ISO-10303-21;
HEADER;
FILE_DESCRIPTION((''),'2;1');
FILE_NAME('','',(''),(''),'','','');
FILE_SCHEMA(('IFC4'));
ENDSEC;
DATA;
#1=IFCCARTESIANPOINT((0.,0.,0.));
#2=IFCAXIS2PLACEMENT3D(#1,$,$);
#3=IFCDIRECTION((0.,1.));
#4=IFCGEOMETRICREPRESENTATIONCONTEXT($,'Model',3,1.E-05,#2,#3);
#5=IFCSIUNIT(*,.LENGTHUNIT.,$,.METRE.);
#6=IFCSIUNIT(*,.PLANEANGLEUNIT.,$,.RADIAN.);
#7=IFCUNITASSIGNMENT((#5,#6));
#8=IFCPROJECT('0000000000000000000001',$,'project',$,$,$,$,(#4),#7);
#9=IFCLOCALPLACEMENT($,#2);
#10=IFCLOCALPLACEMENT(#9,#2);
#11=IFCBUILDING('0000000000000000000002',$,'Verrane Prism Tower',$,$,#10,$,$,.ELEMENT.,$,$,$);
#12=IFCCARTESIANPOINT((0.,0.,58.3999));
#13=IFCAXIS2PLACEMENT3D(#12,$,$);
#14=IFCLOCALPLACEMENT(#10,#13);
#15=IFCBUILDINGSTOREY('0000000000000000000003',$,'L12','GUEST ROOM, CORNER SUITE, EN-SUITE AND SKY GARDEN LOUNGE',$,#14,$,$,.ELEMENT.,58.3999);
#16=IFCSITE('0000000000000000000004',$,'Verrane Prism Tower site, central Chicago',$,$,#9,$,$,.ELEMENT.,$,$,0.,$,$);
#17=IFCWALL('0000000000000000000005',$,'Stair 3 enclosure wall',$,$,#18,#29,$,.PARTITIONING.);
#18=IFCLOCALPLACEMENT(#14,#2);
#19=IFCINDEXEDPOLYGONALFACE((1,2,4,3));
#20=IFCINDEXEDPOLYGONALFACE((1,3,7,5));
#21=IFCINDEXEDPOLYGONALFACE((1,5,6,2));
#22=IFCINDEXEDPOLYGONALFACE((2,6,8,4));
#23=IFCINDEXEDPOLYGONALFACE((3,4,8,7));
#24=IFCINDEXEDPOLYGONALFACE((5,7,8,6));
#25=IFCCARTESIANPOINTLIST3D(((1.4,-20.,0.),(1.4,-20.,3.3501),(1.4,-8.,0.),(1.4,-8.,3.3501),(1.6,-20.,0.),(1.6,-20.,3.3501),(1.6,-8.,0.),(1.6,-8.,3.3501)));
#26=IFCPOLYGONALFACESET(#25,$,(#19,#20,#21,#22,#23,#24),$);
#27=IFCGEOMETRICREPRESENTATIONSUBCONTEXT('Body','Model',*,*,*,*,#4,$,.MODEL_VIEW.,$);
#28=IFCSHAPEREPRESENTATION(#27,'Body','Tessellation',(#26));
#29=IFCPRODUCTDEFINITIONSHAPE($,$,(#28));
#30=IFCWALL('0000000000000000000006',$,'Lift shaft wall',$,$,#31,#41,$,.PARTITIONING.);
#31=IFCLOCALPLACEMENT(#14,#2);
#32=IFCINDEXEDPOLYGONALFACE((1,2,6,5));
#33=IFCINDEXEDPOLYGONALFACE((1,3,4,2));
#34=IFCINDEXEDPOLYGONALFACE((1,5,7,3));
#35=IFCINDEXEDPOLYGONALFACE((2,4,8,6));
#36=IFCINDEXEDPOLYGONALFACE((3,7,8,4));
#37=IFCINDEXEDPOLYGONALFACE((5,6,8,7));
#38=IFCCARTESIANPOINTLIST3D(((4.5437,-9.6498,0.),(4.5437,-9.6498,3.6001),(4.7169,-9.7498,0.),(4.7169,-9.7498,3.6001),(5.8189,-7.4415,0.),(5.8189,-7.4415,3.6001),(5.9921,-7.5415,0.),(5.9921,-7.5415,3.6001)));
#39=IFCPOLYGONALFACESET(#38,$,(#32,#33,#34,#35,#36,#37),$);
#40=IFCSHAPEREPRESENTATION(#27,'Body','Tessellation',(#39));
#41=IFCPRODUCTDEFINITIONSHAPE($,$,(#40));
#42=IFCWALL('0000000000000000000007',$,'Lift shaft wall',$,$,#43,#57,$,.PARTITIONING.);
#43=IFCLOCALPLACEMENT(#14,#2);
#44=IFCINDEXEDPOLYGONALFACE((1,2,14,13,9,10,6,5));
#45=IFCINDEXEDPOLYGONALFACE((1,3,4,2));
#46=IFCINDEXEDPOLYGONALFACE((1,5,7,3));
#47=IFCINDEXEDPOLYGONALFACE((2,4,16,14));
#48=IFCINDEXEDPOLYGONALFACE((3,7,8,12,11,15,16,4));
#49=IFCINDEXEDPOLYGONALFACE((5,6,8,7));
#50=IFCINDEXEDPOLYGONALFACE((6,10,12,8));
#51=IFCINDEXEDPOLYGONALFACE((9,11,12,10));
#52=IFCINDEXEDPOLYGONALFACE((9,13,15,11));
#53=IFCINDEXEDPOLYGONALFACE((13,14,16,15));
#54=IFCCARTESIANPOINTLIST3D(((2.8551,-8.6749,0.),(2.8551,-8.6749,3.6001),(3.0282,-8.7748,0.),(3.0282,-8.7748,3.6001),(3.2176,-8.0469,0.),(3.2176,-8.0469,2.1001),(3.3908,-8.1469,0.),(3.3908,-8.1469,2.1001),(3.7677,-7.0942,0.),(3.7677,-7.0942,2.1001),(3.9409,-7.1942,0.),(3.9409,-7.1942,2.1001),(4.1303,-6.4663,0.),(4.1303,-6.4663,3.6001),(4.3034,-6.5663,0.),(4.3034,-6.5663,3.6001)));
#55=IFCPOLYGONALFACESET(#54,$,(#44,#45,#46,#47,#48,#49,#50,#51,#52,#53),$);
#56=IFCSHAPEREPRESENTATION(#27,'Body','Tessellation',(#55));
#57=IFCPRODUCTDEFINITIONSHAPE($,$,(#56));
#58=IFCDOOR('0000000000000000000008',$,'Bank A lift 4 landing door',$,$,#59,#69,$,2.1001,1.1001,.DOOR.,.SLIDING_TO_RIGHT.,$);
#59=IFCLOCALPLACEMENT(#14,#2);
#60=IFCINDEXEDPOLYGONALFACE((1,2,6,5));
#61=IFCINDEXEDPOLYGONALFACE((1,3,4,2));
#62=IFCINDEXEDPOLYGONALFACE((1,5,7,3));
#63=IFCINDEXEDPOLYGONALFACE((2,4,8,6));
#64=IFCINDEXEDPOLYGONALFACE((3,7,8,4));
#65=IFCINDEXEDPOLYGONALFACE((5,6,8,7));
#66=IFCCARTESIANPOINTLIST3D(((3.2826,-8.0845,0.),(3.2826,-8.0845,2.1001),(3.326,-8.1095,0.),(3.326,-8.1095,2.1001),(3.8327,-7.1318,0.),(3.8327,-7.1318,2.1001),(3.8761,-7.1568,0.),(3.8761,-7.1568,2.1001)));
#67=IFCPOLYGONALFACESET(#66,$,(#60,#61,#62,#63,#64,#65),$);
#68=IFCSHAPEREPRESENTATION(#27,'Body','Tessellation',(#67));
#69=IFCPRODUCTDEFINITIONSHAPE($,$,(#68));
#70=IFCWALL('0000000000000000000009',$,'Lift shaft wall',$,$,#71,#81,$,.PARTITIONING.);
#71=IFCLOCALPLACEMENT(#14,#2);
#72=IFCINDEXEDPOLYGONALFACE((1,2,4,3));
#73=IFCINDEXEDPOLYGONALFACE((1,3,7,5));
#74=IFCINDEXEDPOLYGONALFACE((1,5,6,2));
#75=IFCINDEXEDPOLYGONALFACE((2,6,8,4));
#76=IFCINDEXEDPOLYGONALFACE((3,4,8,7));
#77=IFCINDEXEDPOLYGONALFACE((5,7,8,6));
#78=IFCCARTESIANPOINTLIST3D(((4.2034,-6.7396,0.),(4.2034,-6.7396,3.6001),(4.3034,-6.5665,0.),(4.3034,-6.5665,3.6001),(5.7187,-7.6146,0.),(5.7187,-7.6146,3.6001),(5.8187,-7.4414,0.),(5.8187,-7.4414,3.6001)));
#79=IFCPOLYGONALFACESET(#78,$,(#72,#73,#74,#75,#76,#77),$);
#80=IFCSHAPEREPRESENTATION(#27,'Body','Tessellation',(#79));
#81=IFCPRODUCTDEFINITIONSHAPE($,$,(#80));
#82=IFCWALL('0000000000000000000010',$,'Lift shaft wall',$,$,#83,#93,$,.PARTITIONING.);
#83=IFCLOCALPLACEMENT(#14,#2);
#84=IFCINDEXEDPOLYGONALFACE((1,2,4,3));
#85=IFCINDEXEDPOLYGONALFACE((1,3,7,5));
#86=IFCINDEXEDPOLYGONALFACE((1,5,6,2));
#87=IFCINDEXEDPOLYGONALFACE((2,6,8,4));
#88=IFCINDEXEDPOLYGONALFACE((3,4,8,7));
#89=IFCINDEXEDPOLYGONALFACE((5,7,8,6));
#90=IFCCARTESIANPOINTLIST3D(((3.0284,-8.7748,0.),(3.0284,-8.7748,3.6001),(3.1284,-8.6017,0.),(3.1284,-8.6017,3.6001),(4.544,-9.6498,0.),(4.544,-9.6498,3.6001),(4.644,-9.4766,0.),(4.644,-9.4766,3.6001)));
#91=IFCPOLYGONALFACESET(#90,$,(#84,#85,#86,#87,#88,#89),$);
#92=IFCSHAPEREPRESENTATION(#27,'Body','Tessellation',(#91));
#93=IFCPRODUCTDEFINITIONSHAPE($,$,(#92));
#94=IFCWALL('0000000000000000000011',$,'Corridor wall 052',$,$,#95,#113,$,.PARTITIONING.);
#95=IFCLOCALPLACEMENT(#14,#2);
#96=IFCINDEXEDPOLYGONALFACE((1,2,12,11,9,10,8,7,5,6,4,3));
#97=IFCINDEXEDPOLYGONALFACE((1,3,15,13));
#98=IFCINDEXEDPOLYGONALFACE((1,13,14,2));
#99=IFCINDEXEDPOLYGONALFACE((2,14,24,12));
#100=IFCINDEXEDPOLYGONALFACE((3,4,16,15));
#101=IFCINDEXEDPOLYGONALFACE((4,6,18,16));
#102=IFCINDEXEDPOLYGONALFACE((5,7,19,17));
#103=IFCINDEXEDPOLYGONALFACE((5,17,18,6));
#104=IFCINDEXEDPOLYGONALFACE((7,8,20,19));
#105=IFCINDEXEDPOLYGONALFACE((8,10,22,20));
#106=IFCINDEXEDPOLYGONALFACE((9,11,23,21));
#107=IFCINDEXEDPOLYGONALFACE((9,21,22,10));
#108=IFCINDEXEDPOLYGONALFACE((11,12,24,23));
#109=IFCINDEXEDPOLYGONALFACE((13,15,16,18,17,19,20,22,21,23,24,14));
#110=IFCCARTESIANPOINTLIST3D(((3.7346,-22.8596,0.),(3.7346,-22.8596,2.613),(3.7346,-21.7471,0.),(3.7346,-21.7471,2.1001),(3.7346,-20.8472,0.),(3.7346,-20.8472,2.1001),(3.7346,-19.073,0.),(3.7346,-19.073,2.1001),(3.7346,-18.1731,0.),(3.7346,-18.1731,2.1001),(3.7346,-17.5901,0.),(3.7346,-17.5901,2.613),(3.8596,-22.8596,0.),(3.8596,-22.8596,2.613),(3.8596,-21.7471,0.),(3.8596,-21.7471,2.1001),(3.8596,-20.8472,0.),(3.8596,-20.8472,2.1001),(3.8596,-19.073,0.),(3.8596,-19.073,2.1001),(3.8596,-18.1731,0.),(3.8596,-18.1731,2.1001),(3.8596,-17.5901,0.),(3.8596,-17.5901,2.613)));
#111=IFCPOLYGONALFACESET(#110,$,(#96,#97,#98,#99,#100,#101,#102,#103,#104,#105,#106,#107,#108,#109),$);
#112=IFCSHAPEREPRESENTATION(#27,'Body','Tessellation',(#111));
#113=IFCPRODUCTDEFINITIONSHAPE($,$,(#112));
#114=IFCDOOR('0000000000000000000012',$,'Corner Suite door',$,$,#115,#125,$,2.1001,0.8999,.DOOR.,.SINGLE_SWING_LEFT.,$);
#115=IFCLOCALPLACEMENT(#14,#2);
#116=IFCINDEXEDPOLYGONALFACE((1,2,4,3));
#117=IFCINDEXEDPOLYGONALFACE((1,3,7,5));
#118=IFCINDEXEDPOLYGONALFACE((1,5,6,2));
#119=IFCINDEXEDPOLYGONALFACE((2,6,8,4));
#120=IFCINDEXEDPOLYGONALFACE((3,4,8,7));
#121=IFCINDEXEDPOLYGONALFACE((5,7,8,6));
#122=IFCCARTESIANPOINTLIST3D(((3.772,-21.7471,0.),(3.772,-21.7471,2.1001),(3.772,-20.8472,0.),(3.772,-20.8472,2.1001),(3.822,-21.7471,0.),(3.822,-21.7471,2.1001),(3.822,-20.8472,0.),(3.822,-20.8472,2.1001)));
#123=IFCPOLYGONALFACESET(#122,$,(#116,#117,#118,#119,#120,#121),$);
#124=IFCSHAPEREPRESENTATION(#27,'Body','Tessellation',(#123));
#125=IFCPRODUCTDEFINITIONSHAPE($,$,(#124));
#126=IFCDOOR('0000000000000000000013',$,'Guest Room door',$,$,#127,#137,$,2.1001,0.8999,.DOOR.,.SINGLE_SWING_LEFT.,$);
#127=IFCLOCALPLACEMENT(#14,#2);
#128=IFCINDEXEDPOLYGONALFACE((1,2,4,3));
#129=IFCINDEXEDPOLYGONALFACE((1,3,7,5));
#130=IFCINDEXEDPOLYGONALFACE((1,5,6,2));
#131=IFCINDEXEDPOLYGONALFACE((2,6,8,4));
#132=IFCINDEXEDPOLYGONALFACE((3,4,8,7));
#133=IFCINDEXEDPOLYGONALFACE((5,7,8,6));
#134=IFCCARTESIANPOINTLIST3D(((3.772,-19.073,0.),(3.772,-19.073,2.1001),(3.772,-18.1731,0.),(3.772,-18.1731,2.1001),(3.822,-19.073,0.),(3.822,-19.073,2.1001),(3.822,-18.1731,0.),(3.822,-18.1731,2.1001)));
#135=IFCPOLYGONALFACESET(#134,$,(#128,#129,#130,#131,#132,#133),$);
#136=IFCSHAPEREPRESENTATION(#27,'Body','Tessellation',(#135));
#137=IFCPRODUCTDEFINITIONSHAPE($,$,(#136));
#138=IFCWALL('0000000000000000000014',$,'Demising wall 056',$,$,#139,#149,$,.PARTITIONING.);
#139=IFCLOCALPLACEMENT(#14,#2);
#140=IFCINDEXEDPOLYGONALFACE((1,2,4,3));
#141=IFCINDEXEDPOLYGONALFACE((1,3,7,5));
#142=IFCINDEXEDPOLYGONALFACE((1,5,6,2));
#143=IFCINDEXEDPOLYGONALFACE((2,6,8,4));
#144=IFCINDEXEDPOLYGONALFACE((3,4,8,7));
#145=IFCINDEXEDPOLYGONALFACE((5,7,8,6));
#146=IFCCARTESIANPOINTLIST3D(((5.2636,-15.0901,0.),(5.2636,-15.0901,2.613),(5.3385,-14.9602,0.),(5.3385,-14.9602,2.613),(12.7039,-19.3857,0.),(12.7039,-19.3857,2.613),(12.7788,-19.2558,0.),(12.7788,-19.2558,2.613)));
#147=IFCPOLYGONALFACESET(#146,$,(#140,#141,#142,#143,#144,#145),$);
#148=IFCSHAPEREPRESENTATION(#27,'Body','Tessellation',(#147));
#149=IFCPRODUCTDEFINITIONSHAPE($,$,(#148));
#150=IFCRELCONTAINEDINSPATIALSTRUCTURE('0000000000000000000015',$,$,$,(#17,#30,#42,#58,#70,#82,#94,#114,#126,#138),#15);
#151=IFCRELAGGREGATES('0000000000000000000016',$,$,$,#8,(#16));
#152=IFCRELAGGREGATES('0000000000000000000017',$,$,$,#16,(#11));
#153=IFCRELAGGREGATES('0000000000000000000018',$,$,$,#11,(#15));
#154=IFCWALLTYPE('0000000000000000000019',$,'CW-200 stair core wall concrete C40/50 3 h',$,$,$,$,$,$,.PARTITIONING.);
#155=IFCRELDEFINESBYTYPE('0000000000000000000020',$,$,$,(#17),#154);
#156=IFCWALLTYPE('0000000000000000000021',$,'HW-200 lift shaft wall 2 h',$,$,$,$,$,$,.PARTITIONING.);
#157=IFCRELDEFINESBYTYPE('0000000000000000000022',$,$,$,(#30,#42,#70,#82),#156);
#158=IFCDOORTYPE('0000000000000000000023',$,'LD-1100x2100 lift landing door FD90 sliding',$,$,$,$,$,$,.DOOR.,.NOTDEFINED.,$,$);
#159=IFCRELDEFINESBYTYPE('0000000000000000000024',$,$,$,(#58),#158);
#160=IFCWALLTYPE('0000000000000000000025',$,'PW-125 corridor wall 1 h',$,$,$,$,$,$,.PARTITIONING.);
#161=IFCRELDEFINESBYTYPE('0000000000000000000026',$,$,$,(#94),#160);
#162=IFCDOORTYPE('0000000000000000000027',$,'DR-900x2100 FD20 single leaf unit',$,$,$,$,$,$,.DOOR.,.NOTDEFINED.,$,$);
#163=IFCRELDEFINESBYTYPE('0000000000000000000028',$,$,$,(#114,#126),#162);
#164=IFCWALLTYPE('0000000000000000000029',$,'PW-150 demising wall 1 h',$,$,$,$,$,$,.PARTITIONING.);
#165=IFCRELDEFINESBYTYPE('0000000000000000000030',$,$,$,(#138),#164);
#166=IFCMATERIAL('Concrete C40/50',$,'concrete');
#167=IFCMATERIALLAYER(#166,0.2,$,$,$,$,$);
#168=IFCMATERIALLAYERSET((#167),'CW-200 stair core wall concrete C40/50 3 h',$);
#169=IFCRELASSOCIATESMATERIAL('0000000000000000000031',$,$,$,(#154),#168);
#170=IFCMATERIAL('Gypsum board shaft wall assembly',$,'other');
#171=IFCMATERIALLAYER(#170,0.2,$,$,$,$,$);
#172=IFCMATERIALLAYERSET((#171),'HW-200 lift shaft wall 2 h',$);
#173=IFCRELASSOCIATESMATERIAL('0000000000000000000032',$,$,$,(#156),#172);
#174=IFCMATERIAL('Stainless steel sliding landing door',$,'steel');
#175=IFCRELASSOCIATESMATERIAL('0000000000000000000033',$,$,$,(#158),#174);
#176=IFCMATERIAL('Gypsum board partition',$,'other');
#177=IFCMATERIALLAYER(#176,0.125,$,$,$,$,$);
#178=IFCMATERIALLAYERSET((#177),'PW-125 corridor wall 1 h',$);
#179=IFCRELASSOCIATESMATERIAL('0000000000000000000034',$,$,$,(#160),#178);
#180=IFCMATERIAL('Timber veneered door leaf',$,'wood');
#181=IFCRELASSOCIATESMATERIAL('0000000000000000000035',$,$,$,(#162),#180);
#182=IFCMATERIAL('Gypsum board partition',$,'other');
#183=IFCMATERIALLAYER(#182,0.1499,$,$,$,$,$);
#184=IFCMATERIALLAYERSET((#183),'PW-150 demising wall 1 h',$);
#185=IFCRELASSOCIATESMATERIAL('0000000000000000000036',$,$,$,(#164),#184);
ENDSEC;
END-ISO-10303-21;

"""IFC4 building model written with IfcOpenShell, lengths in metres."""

from ifc_helpers import new_model, si_unit, direction, frame, frame_2d, origin, place, context, subcontext, project, spatial, rectangle, extrude, material, layer, layer_set, type_object, element, fill, save


model = new_model("IFC4")

# Units and contexts
model_context = context("Model", 3, precision=1e-05, world=origin(), true_north=direction((0.0, 1.0)))
body_context = subcontext(model_context, "Body", "Model", "MODEL_VIEW")
ifc_project = project(units=[si_unit("LENGTHUNIT", "METRE"), si_unit("PLANEANGLEUNIT", "RADIAN")], contexts=[model_context])

# Site, building, storey
site_placement = place(None, origin())
site = spatial("IfcSite", under=ifc_project, at=site_placement, Name="Verrane Prism Tower site, central Chicago", CompositionType="ELEMENT", RefElevation=0.0)
building_placement = place(site_placement, origin())
building = spatial("IfcBuilding", under=site, at=building_placement, Name="Verrane Prism Tower", CompositionType="ELEMENT")
storey_placement = place(building_placement, frame((0.0, 0.0, 58.3999)))
storey = spatial("IfcBuildingStorey", under=building, at=storey_placement, Name="L12", Description="GUEST ROOM, CORNER SUITE, EN-SUITE AND SKY GARDEN LOUNGE", CompositionType="ELEMENT", Elevation=58.3999)

# Walls
ifc_material_1 = material(Name="Concrete C40/50", Category="concrete")
ifc_layer_1 = layer(ifc_material_1, 0.2)
ifc_layer_set_1 = layer_set([ifc_layer_1], Name="CW-200 stair core wall concrete C40/50 3 h")
wall_type_1 = type_object("IfcWallType", Name="CW-200 stair core wall concrete C40/50 3 h", PredefinedType="PARTITIONING", material=ifc_layer_set_1)
wall_1_placement = place(storey_placement, frame((1.5, -8.0, 0.0), z_axis=(0.0, 0.0, 1.0), x_axis=(0.0, -1.0, 0.0)))
element("IfcWall", 1, at=wall_1_placement, inside=storey, type_object=wall_type_1, Name="Stair 3 enclosure wall", PredefinedType="PARTITIONING", context=body_context, shape_type="SweptSolid", body=[
    extrude(rectangle(XDim=12.0, YDim=0.2, at=frame_2d((6.0, 0.0))), origin(), (0.0, 0.0, 1.0), 3.3501),
])
ifc_material_2 = material(Name="Gypsum board shaft wall assembly", Category="other")
ifc_layer_2 = layer(ifc_material_2, 0.2)
ifc_layer_set_2 = layer_set([ifc_layer_2], Name="HW-200 lift shaft wall 2 h")
wall_type_2 = type_object("IfcWallType", Name="HW-200 lift shaft wall 2 h", PredefinedType="PARTITIONING", material=ifc_layer_set_2)
wall_2_placement = place(storey_placement, frame((4.6304, -9.6997, 0.0), z_axis=(0.0, 0.0, 1.0), x_axis=(0.500062, 0.865989, 0.0)))
element("IfcWall", 2, at=wall_2_placement, inside=storey, type_object=wall_type_2, Name="Lift shaft wall", PredefinedType="PARTITIONING", context=body_context, shape_type="SweptSolid", body=[
    extrude(rectangle(XDim=2.55, YDim=0.2, at=frame_2d((1.2749, 0.0))), origin(), (0.0, 0.0, 1.0), 3.6001),
])

# Wall, opening, door
wall_3_placement = place(storey_placement, frame((2.9417, -8.7249, 0.0), z_axis=(0.0, 0.0, 1.0), x_axis=(0.500021, 0.866013, 0.0)))
wall_3 = element("IfcWall", 3, at=wall_3_placement, inside=storey, type_object=wall_type_2, Name="Lift shaft wall", PredefinedType="PARTITIONING", context=body_context, shape_type="SweptSolid", body=[
    extrude(rectangle(XDim=2.5503, YDim=0.2, at=frame_2d((1.2751, 0.0))), origin(), (0.0, 0.0, 1.0), 3.6001),
])
opening_1_placement = place(wall_3_placement, frame((0.7251, 0.0, 0.0)))
opening_1 = element("IfcOpeningElement", 4, at=opening_1_placement, cuts=wall_3, PredefinedType="OPENING", context=body_context, shape_type="SweptSolid", body=[
    extrude(rectangle(XDim=1.1001, YDim=2.1001, at=frame_2d((0.55, 1.05))), frame((0.0, 0.1099, 0.0), z_axis=(0.0, -1.0, 0.0), x_axis=(1.0, 0.0, 0.0)), (0.0, 0.0, 1.0), 0.22),
])
ifc_material_3 = material(Name="Stainless steel sliding landing door", Category="steel")
door_type_1 = type_object("IfcDoorType", Name="LD-1100x2100 lift landing door FD90 sliding", OperationType="NOTDEFINED", PredefinedType="DOOR", material=ifc_material_3)
door_1_placement = place(opening_1_placement, origin())
door_1 = element("IfcDoor", 5, at=door_1_placement, inside=storey, type_object=door_type_1, Name="Bank A lift 4 landing door", OperationType="SLIDING_TO_RIGHT", OverallHeight=2.1001, OverallWidth=1.1001, PredefinedType="DOOR", context=body_context, shape_type="SweptSolid", body=[
    extrude(rectangle(XDim=1.1001, YDim=2.1001, at=frame_2d((0.55, 1.05))), frame((0.0, 0.0249, 0.0), z_axis=(0.0, -1.0, 0.0), x_axis=(1.0, 0.0, 0.0)), (0.0, 0.0, 1.0), 0.05),
])
fill(opening_1, door_1)

# Walls
wall_4_placement = place(storey_placement, frame((5.7688, -7.5281, 0.0), z_axis=(0.0, 0.0, 1.0), x_axis=(-0.866002, 0.50004, 0.0)))
element("IfcWall", 6, at=wall_4_placement, inside=storey, type_object=wall_type_2, Name="Lift shaft wall", PredefinedType="PARTITIONING", context=body_context, shape_type="SweptSolid", body=[
    extrude(rectangle(XDim=1.7498, YDim=0.2, at=frame_2d((0.875, 0.0))), origin(), (0.0, 0.0, 1.0), 3.6001),
])
wall_5_placement = place(storey_placement, frame((4.594, -9.5632, 0.0), z_axis=(0.0, 0.0, 1.0), x_axis=(-0.866037, 0.49998, 0.0)))
element("IfcWall", 7, at=wall_5_placement, inside=storey, type_object=wall_type_2, Name="Lift shaft wall", PredefinedType="PARTITIONING", context=body_context, shape_type="SweptSolid", body=[
    extrude(rectangle(XDim=1.75, YDim=0.2, at=frame_2d((0.875, 0.0))), origin(), (0.0, 0.0, 1.0), 3.6001),
])

# Wall, openings, doors
ifc_material_4 = material(Name="Gypsum board partition", Category="other")
ifc_layer_3 = layer(ifc_material_4, 0.125)
ifc_layer_set_3 = layer_set([ifc_layer_3], Name="PW-125 corridor wall 1 h")
wall_type_3 = type_object("IfcWallType", Name="PW-125 corridor wall 1 h", PredefinedType="PARTITIONING", material=ifc_layer_set_3)
wall_6_placement = place(storey_placement, frame((3.7971, -17.5901, 0.0), z_axis=(0.0, 0.0, 1.0), x_axis=(0.0, -1.0, 0.0)))
wall_6 = element("IfcWall", 8, at=wall_6_placement, inside=storey, type_object=wall_type_3, Name="Corridor wall 052", PredefinedType="PARTITIONING", context=body_context, shape_type="SweptSolid", body=[
    extrude(rectangle(XDim=5.2695, YDim=0.125, at=frame_2d((2.6348, 0.0))), origin(), (0.0, 0.0, 1.0), 2.613),
])
opening_2_placement = place(wall_6_placement, frame((3.2571, 0.0, 0.0)))
opening_2 = element("IfcOpeningElement", 9, at=opening_2_placement, cuts=wall_6, PredefinedType="OPENING", context=body_context, shape_type="SweptSolid", body=[
    extrude(rectangle(XDim=0.8999, YDim=2.1001, at=frame_2d((0.45, 1.05))), frame((0.0, 0.0725, 0.0), z_axis=(0.0, -1.0, 0.0), x_axis=(1.0, 0.0, 0.0)), (0.0, 0.0, 1.0), 0.145),
])
opening_3_placement = place(wall_6_placement, frame((0.583, 0.0, 0.0)))
opening_3 = element("IfcOpeningElement", 10, at=opening_3_placement, cuts=wall_6, PredefinedType="OPENING", context=body_context, shape_type="SweptSolid", body=[
    extrude(rectangle(XDim=0.8999, YDim=2.1001, at=frame_2d((0.45, 1.05))), frame((0.0, 0.0725, 0.0), z_axis=(0.0, -1.0, 0.0), x_axis=(1.0, 0.0, 0.0)), (0.0, 0.0, 1.0), 0.145),
])
ifc_material_5 = material(Name="Timber veneered door leaf", Category="wood")
door_type_2 = type_object("IfcDoorType", Name="DR-900x2100 FD20 single leaf unit", OperationType="NOTDEFINED", PredefinedType="DOOR", material=ifc_material_5)
door_2_placement = place(opening_2_placement, origin())
door_2 = element("IfcDoor", 11, at=door_2_placement, inside=storey, type_object=door_type_2, Name="Corner Suite door", OperationType="SINGLE_SWING_LEFT", OverallHeight=2.1001, OverallWidth=0.8999, PredefinedType="DOOR", context=body_context, shape_type="SweptSolid", body=[
    extrude(rectangle(XDim=0.8999, YDim=2.1001, at=frame_2d((0.45, 1.05))), frame((0.0, 0.0249, 0.0), z_axis=(0.0, -1.0, 0.0), x_axis=(1.0, 0.0, 0.0)), (0.0, 0.0, 1.0), 0.05),
])
fill(opening_2, door_2)
door_3_placement = place(opening_3_placement, origin())
door_3 = element("IfcDoor", 12, at=door_3_placement, inside=storey, type_object=door_type_2, Name="Guest Room door", OperationType="SINGLE_SWING_LEFT", OverallHeight=2.1001, OverallWidth=0.8999, PredefinedType="DOOR", context=body_context, shape_type="SweptSolid", body=[
    extrude(rectangle(XDim=0.8999, YDim=2.1001, at=frame_2d((0.45, 1.05))), frame((0.0, 0.0249, 0.0), z_axis=(0.0, -1.0, 0.0), x_axis=(1.0, 0.0, 0.0)), (0.0, 0.0, 1.0), 0.05),
])
fill(opening_3, door_3)

# Wall
ifc_material_6 = material(Name="Gypsum board partition", Category="other")
ifc_layer_4 = layer(ifc_material_6, 0.1499)
ifc_layer_set_4 = layer_set([ifc_layer_4], Name="PW-150 demising wall 1 h")
wall_type_4 = type_object("IfcWallType", Name="PW-150 demising wall 1 h", PredefinedType="PARTITIONING", material=ifc_layer_set_4)
wall_7_placement = place(storey_placement, frame((5.301, -15.0251, 0.0), z_axis=(0.0, 0.0, 1.0), x_axis=(0.866029, -0.499993, 0.0)))
element("IfcWall", 13, at=wall_7_placement, inside=storey, type_object=wall_type_4, Name="Demising wall 056", PredefinedType="PARTITIONING", context=body_context, shape_type="SweptSolid", body=[
    extrude(rectangle(XDim=8.5913, YDim=0.1499, at=frame_2d((4.2957, 0.0))), origin(), (0.0, 0.0, 1.0), 2.613),
])

save(model, "model.ifc")
